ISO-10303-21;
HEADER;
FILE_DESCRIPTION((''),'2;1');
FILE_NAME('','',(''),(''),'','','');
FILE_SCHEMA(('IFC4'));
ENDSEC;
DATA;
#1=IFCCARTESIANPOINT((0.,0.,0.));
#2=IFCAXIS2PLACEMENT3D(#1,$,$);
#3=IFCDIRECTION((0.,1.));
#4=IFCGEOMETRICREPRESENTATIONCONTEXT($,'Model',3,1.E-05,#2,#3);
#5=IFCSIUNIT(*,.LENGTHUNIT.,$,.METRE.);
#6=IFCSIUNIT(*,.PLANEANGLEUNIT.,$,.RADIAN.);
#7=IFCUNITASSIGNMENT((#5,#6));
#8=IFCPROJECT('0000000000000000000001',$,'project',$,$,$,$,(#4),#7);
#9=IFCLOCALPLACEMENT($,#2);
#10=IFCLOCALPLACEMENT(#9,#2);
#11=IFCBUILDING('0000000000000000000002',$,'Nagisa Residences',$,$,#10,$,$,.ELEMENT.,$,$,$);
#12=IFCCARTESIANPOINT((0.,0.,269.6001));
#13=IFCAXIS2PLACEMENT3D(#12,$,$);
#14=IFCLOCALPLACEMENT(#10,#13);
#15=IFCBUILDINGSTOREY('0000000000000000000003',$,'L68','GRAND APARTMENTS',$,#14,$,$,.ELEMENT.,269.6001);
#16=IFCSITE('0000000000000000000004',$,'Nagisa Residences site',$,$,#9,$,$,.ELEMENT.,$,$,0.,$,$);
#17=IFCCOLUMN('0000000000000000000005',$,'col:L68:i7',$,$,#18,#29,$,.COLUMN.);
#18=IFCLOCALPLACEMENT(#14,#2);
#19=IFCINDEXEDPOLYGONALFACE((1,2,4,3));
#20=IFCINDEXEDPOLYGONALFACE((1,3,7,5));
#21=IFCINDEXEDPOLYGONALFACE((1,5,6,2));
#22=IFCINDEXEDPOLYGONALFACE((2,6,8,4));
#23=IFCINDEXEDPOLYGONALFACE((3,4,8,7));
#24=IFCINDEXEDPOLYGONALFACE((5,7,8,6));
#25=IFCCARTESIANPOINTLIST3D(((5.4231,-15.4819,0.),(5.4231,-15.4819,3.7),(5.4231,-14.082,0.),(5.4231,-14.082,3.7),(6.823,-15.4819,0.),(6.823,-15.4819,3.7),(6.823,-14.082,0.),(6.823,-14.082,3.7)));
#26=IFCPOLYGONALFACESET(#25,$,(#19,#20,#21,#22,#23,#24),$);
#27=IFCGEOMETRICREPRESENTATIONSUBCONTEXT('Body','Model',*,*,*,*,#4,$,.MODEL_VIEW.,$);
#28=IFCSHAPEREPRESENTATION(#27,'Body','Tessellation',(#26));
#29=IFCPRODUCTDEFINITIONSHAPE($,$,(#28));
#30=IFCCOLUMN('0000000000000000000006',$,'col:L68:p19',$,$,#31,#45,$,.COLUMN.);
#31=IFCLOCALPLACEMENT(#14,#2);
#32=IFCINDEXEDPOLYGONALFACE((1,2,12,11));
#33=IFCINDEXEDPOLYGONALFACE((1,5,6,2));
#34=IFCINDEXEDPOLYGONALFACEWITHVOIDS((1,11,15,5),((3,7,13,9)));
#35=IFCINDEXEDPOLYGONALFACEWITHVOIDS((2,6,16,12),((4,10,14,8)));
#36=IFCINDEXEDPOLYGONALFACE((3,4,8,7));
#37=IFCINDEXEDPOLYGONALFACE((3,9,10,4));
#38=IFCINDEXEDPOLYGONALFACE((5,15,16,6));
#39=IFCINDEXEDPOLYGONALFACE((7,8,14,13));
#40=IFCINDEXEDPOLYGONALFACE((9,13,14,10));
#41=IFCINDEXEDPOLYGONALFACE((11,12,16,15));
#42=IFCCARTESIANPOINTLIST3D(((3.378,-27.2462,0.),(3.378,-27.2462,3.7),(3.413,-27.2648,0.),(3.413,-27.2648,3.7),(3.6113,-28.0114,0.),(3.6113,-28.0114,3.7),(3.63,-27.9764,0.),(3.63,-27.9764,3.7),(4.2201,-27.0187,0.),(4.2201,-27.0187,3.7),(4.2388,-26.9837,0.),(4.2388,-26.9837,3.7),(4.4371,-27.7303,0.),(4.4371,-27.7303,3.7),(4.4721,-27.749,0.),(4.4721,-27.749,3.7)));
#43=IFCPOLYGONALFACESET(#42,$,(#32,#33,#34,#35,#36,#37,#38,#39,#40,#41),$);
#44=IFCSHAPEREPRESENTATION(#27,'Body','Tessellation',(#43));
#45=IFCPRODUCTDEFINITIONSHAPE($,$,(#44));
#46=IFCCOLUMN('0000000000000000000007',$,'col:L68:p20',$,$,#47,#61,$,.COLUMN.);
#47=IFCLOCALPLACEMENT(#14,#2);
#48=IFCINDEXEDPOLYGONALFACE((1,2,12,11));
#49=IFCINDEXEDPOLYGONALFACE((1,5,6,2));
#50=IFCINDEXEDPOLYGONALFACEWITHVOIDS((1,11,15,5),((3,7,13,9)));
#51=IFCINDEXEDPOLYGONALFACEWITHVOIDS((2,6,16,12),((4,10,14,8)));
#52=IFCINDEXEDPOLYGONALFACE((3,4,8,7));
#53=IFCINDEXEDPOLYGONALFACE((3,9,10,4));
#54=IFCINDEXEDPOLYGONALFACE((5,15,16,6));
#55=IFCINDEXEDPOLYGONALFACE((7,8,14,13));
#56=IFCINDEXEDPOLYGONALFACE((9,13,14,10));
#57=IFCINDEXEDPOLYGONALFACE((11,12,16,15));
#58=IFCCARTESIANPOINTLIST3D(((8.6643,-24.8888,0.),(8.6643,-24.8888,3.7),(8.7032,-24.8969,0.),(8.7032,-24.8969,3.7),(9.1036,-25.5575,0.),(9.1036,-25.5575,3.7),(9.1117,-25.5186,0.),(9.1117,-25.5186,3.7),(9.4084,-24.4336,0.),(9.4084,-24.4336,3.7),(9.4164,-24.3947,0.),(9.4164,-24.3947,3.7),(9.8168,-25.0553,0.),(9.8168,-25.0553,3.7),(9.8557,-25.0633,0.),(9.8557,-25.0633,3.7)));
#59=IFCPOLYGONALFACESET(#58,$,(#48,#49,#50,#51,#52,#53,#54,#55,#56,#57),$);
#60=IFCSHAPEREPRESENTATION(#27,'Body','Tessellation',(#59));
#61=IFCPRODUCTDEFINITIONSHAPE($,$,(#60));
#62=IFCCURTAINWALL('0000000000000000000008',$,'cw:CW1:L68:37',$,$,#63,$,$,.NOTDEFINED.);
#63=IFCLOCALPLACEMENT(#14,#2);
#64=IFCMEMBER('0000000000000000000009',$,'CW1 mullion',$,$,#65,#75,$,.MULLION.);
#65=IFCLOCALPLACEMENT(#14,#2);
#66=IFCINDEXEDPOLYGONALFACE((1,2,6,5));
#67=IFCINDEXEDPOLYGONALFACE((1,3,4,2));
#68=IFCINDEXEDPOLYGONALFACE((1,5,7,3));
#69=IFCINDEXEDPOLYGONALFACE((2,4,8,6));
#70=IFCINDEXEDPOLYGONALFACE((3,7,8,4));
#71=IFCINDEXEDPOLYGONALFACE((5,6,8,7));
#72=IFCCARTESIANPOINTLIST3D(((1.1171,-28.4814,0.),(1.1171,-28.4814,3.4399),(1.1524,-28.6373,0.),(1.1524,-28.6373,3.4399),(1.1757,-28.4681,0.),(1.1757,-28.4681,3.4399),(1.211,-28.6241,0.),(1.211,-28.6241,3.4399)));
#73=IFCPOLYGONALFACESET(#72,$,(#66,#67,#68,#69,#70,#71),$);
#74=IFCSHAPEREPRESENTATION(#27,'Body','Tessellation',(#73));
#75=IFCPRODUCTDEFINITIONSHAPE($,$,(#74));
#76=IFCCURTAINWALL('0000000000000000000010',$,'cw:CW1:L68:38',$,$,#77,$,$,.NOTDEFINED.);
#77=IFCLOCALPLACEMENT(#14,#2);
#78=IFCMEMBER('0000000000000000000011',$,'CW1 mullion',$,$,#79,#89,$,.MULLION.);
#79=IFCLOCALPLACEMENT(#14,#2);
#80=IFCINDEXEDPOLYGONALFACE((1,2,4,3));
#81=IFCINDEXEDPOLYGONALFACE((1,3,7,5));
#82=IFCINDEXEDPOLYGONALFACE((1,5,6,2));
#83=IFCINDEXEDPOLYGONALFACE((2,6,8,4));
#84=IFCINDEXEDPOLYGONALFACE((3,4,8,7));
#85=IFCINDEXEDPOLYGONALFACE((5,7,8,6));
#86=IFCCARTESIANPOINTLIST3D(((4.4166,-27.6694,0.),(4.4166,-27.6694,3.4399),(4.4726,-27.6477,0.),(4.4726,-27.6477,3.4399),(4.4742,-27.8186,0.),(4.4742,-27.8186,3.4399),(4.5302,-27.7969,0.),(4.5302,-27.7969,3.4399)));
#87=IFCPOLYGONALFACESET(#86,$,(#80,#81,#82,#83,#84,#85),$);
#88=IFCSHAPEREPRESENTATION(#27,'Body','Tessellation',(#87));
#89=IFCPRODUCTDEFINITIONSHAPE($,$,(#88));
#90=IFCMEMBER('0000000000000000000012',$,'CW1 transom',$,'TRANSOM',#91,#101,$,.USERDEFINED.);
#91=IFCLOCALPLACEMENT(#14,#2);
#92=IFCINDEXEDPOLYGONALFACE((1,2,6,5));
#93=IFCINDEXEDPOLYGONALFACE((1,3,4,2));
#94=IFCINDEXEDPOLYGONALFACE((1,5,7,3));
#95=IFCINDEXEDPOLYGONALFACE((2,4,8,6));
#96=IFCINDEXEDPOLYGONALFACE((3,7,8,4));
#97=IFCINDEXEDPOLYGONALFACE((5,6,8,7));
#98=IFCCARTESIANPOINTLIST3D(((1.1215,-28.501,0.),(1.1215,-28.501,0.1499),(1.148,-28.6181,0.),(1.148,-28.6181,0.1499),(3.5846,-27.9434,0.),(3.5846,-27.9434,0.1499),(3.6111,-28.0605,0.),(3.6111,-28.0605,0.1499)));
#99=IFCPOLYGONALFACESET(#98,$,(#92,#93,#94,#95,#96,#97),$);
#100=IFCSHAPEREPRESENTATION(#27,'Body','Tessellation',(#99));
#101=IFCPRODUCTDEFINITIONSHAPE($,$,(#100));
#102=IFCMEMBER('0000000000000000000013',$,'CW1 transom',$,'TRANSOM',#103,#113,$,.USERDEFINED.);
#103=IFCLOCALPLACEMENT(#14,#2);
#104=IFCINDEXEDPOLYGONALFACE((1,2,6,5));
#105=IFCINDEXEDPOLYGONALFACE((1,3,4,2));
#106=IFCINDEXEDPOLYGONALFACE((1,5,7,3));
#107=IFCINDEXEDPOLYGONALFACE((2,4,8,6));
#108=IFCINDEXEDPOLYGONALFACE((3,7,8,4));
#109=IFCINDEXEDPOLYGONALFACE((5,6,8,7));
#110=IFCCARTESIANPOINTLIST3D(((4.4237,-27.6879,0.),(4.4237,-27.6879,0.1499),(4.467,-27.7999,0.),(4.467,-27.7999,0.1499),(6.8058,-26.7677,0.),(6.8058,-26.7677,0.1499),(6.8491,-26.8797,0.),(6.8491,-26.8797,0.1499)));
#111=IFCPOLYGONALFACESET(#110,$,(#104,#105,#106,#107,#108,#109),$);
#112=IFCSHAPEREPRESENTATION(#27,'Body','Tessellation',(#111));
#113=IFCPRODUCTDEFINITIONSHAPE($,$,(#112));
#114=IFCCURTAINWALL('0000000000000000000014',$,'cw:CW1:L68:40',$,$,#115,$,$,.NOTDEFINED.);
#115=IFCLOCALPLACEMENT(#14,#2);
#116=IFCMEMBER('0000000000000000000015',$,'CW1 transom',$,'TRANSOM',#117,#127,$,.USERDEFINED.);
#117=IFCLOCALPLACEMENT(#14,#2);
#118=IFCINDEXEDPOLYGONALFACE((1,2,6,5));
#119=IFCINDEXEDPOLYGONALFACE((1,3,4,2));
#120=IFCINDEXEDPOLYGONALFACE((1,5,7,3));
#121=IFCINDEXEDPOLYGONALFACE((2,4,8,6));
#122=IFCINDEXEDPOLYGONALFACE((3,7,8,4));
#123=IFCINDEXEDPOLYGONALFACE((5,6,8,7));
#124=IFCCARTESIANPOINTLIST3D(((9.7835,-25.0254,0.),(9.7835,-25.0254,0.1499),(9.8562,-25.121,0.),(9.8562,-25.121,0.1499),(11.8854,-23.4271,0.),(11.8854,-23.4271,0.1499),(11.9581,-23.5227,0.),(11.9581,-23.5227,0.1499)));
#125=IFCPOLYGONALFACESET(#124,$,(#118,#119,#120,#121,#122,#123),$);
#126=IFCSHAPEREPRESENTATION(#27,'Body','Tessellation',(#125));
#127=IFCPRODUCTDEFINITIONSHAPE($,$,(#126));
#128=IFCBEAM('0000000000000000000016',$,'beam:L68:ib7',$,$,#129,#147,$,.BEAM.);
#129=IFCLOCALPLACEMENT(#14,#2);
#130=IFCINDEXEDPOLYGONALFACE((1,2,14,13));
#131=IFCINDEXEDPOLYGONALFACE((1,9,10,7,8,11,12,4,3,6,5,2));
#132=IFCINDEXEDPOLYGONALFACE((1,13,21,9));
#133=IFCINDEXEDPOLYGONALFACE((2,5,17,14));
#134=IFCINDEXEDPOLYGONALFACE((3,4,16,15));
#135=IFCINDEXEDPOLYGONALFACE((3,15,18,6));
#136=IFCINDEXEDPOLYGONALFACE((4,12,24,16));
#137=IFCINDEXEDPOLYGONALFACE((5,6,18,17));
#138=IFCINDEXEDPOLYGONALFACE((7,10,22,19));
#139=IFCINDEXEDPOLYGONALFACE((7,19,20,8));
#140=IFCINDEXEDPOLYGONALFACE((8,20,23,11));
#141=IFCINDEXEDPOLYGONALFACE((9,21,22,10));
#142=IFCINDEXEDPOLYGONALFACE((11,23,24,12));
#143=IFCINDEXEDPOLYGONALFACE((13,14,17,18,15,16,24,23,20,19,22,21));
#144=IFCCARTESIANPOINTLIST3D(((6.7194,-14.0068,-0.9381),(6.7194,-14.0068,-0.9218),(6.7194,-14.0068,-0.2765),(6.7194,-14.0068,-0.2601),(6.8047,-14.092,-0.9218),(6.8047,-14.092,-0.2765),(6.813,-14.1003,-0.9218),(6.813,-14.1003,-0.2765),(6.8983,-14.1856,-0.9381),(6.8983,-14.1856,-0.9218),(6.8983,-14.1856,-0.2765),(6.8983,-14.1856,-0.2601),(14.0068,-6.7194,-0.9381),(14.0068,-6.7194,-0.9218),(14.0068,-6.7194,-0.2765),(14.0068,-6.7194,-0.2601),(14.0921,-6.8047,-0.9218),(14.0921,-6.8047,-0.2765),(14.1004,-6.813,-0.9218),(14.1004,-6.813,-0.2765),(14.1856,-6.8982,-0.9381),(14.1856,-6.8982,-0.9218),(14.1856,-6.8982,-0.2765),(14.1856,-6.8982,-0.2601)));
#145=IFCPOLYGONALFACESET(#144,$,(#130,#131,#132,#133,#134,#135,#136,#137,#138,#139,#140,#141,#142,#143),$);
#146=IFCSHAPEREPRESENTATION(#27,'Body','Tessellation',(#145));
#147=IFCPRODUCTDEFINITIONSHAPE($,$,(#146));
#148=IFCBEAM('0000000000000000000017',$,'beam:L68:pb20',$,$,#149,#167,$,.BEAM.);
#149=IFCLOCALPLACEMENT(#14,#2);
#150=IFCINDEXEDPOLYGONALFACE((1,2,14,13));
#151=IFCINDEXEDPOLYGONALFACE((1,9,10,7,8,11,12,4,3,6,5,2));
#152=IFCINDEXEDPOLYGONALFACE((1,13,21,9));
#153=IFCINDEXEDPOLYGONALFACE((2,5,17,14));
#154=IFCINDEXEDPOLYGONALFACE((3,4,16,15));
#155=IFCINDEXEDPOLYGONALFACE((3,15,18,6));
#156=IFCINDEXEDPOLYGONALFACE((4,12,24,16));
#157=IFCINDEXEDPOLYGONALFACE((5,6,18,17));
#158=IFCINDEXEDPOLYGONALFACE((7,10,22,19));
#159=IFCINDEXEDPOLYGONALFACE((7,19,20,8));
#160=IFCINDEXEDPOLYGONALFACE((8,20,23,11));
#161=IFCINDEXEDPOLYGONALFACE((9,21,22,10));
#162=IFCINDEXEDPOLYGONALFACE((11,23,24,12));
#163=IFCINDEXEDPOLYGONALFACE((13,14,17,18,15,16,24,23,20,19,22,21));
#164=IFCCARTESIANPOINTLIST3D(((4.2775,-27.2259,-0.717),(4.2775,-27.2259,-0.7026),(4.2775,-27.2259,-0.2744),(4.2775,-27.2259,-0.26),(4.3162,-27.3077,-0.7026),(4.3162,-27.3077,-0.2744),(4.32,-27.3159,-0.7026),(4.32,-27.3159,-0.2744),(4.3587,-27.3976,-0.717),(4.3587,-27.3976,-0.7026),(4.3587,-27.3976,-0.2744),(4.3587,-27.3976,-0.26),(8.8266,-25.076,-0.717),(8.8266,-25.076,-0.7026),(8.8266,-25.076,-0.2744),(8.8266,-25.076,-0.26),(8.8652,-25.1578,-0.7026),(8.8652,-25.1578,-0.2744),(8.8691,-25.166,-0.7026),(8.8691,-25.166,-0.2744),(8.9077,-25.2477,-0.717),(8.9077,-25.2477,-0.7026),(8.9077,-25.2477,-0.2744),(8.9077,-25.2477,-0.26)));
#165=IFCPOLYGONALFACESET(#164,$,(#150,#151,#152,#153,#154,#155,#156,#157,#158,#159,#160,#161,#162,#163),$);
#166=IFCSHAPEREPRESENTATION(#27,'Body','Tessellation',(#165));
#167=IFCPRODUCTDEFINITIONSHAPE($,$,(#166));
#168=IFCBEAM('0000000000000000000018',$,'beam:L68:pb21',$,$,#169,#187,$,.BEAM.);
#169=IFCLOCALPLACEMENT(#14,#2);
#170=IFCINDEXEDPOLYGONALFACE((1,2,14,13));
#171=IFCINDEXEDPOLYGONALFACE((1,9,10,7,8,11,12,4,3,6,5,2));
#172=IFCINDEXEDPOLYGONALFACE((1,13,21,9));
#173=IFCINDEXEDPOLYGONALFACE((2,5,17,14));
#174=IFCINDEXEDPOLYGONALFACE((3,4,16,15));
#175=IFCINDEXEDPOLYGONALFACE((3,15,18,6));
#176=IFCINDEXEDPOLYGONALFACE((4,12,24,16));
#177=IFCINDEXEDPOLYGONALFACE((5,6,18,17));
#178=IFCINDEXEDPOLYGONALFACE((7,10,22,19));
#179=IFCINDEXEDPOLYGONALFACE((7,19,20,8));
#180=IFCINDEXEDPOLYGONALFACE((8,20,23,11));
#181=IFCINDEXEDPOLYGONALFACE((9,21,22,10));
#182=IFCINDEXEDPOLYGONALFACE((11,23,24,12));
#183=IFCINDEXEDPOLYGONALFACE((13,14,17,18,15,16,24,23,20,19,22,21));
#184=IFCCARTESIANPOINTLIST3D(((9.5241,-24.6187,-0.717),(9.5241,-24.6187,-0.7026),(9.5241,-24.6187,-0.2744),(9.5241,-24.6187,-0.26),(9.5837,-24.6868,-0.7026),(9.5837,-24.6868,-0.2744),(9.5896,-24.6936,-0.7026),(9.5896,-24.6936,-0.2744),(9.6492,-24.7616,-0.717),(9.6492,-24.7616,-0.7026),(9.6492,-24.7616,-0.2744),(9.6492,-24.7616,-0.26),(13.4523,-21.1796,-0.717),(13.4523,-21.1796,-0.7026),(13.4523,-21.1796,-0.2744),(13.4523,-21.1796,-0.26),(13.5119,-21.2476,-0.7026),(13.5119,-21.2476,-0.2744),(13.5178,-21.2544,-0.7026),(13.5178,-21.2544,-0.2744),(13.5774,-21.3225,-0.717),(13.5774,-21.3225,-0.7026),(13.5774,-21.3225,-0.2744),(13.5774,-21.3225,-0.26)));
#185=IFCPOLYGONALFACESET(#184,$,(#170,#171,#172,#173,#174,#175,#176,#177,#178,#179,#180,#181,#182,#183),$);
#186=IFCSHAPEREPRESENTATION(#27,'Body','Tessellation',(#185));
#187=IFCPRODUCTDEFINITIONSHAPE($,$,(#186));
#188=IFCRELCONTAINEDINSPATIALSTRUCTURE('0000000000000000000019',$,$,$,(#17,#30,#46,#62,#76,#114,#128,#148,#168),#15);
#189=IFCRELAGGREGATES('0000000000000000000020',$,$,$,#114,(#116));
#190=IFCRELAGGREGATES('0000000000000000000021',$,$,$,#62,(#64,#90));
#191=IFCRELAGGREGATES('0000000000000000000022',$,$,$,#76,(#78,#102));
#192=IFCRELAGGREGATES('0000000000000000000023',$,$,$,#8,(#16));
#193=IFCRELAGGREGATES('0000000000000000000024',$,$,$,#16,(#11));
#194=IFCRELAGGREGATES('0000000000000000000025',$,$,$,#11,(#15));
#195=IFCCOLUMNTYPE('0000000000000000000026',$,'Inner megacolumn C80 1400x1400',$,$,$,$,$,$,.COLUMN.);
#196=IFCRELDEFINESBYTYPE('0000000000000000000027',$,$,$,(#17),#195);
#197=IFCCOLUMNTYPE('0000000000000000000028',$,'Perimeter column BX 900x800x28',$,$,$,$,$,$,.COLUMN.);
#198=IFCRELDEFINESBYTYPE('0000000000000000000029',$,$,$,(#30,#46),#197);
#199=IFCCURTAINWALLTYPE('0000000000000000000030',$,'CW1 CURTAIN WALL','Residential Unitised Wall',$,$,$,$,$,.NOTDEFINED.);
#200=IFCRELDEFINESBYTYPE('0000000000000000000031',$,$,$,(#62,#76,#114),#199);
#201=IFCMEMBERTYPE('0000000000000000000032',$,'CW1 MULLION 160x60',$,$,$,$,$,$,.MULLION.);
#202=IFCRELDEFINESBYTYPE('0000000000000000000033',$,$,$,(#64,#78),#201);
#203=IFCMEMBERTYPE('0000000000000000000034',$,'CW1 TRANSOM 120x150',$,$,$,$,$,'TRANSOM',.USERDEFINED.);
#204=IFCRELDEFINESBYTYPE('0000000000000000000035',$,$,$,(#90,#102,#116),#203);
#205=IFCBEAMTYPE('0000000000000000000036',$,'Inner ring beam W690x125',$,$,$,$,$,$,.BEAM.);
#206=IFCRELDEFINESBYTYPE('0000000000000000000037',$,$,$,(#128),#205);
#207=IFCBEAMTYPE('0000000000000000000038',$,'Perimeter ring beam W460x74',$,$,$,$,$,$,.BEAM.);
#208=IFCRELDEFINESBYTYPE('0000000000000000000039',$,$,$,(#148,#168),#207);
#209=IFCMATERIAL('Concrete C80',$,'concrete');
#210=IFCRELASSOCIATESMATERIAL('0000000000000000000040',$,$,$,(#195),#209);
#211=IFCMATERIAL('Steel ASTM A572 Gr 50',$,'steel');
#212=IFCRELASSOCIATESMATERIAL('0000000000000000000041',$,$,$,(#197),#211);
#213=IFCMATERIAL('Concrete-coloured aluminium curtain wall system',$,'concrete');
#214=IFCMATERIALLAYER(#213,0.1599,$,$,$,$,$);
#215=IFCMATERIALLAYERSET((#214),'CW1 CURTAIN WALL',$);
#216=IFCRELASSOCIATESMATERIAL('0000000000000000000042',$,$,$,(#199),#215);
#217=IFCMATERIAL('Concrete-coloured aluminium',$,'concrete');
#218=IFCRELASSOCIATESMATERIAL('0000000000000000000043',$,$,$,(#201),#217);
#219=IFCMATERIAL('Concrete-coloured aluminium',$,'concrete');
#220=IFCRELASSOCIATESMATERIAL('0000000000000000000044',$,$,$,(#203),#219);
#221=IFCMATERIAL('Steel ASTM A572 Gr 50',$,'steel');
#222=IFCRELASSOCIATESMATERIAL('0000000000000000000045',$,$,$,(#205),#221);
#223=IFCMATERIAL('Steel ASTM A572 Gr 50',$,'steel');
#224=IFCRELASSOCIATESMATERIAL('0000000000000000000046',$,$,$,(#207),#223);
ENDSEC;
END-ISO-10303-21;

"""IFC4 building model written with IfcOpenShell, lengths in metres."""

from ifc_helpers import new_model, si_unit, direction, frame, origin, origin_2d, place, context, subcontext, project, spatial, rectangle, hollow_rectangle, i_section, extrude, material, layer, layer_set, material_profile, profile_set, type_object, element, aggregate, save


model = new_model("IFC4")

# Units and contexts
model_context = context("Model", 3, precision=1e-05, world=origin(), true_north=direction((0.0, 1.0)))
body_context = subcontext(model_context, "Body", "Model", "MODEL_VIEW")
ifc_project = project(units=[si_unit("LENGTHUNIT", "METRE"), si_unit("PLANEANGLEUNIT", "RADIAN")], contexts=[model_context])

# Site, building, storey
site_placement = place(None, origin())
site = spatial("IfcSite", under=ifc_project, at=site_placement, Name="Nagisa Residences site", CompositionType="ELEMENT", RefElevation=0.0)
building_placement = place(site_placement, origin())
building = spatial("IfcBuilding", under=site, at=building_placement, Name="Nagisa Residences", CompositionType="ELEMENT")
storey_placement = place(building_placement, frame((0.0, 0.0, 269.6001)))
storey = spatial("IfcBuildingStorey", under=building, at=storey_placement, Name="L68", Description="GRAND APARTMENTS", CompositionType="ELEMENT", Elevation=269.6001)

# Columns
ifc_material_1 = material(Name="Concrete C80", Category="concrete")
ifc_material_profile_1 = material_profile(ifc_material_1, rectangle(XDim=1.3999, YDim=1.3999, at=origin_2d()), Name="C80 1400x1400")
ifc_profile_set_1 = profile_set([ifc_material_profile_1], Name="Concrete C80")
column_type_1 = type_object("IfcColumnType", Name="Inner megacolumn C80 1400x1400", PredefinedType="COLUMN", material=ifc_profile_set_1)
column_placement = place(storey_placement, frame((6.123, -14.782, 0.0), z_axis=(0.0, 0.0, 1.0), x_axis=(1.0, 0.0, 0.0)))
element("IfcColumn", 1, at=column_placement, inside=storey, type_object=column_type_1, Name="col:L68:i7", PredefinedType="COLUMN", context=body_context, shape_type="SweptSolid", body=[
    extrude(rectangle(XDim=1.3999, YDim=1.3999, at=origin_2d()), origin(), (0.0, 0.0, 1.0), 3.7),
])
ifc_material_2 = material(Name="Steel ASTM A572 Gr 50", Category="steel")
ifc_material_profile_2 = material_profile(ifc_material_2, hollow_rectangle(XDim=0.8999, YDim=0.8, WallThickness=0.0281, at=origin_2d()), Name="BX 900x800x28")
ifc_profile_set_2 = profile_set([ifc_material_profile_2], Name="Steel ASTM A572 Gr 50")
column_type_2 = type_object("IfcColumnType", Name="Perimeter column BX 900x800x28", PredefinedType="COLUMN", material=ifc_profile_set_2)
for number, where, z_axis, x_axis, name in (
    (2, (3.925, -27.4976, 0.0), (0.0, 0.0, 1.0), (0.956525, 0.291652, 0.0), "col:L68:p19"),
    (3, (9.26, -24.9761, 0.0), (0.0, 0.0, 1.0), (0.835766, 0.549086, 0.0), "col:L68:p20"),
):
    element("IfcColumn", number, at=place(storey_placement, frame(where, z_axis=z_axis, x_axis=x_axis)), inside=storey, type_object=column_type_2, Name=name, PredefinedType="COLUMN", context=body_context, shape_type="SweptSolid", body=[
        extrude(hollow_rectangle(XDim=0.8999, YDim=0.8, WallThickness=0.0281, at=origin_2d()), origin(), (0.0, 0.0, 1.0), 3.7),
    ])

# Curtain walls, members
ifc_material_3 = material(Name="Concrete-coloured aluminium curtain wall system", Category="concrete")
ifc_layer_1 = layer(ifc_material_3, 0.1599)
ifc_layer_set_1 = layer_set([ifc_layer_1], Name="CW1 CURTAIN WALL")
curtain_wall_type = type_object("IfcCurtainWallType", Name="CW1 CURTAIN WALL", Description="Residential Unitised Wall", PredefinedType="NOTDEFINED", material=ifc_layer_set_1)
curtain_wall_1_placement = place(storey_placement, origin())
curtain_wall_1 = element("IfcCurtainWall", 4, at=curtain_wall_1_placement, inside=storey, type_object=curtain_wall_type, Name="cw:CW1:L68:37", PredefinedType="NOTDEFINED")
ifc_material_4 = material(Name="Concrete-coloured aluminium", Category="concrete")
ifc_material_profile_3 = material_profile(ifc_material_4, rectangle(XDim=0.1599, YDim=0.0601, at=origin_2d()), Name="CW1 MULLION 160x60")
ifc_profile_set_3 = profile_set([ifc_material_profile_3], Name="Concrete-coloured aluminium")
member_type_1 = type_object("IfcMemberType", Name="CW1 MULLION 160x60", PredefinedType="MULLION", material=ifc_profile_set_3)
member_1_placement = place(storey_placement, frame((1.1641, -28.5527, 0.0), z_axis=(0.0, 0.0, 1.0), x_axis=(-0.220764, 0.975327, 0.0)))
member_1 = element("IfcMember", 5, at=member_1_placement, type_object=member_type_1, Name="CW1 mullion", PredefinedType="MULLION", context=body_context, shape_type="SweptSolid", body=[
    extrude(rectangle(XDim=0.1599, YDim=0.0601, at=origin_2d()), origin(), (0.0, 0.0, 1.0), 3.4399),
])
curtain_wall_2_placement = place(storey_placement, origin())
curtain_wall_2 = element("IfcCurtainWall", 6, at=curtain_wall_2_placement, inside=storey, type_object=curtain_wall_type, Name="cw:CW1:L68:38", PredefinedType="NOTDEFINED")
member_2_placement = place(storey_placement, frame((4.4734, -27.7332, 0.0), z_axis=(0.0, 0.0, 1.0), x_axis=(-0.360328, 0.932826, 0.0)))
member_2 = element("IfcMember", 7, at=member_2_placement, type_object=member_type_1, Name="CW1 mullion", PredefinedType="MULLION", context=body_context, shape_type="SweptSolid", body=[
    extrude(rectangle(XDim=0.1599, YDim=0.0601, at=origin_2d()), origin(), (0.0, 0.0, 1.0), 3.4399),
])

# Members
ifc_material_5 = material(Name="Concrete-coloured aluminium", Category="concrete")
ifc_material_profile_4 = material_profile(ifc_material_5, rectangle(XDim=0.1201, YDim=0.1499, at=origin_2d()), Name="CW1 TRANSOM 120x150")
ifc_profile_set_4 = profile_set([ifc_material_profile_4], Name="Concrete-coloured aluminium")
member_type_2 = type_object("IfcMemberType", Name="CW1 TRANSOM 120x150", ElementType="TRANSOM", PredefinedType="USERDEFINED", material=ifc_profile_set_4)
member_3_placement = place(storey_placement, frame((1.1348, -28.5596, 0.075), z_axis=(0.97532, 0.220798, 0.0), x_axis=(-0.220798, 0.97532, 0.0)))
member_3 = element("IfcMember", 8, at=member_3_placement, type_object=member_type_2, Name="CW1 transom", ObjectType="TRANSOM", PredefinedType="USERDEFINED", context=body_context, shape_type="SweptSolid", body=[
    extrude(rectangle(XDim=0.1201, YDim=0.1499, at=origin_2d()), origin(), (0.0, 0.0, 1.0), 2.5254),
])
member_4_placement = place(storey_placement, frame((4.4453, -27.7439, 0.075), z_axis=(0.932822, 0.360337, 0.0), x_axis=(-0.360337, 0.932822, 0.0)))
member_4 = element("IfcMember", 9, at=member_4_placement, type_object=member_type_2, Name="CW1 transom", ObjectType="TRANSOM", PredefinedType="USERDEFINED", context=body_context, shape_type="SweptSolid", body=[
    extrude(rectangle(XDim=0.1201, YDim=0.1499, at=origin_2d()), origin(), (0.0, 0.0, 1.0), 2.5537),
])

# Curtain wall, member
curtain_wall_3_placement = place(storey_placement, origin())
curtain_wall_3 = element("IfcCurtainWall", 10, at=curtain_wall_3_placement, inside=storey, type_object=curtain_wall_type, Name="cw:CW1:L68:40", PredefinedType="NOTDEFINED")
member_5_placement = place(storey_placement, frame((9.8198, -25.0732, 0.075), z_axis=(0.796011, 0.605282, 0.0), x_axis=(-0.605282, 0.796011, 0.0)))
member_5 = element("IfcMember", 11, at=member_5_placement, type_object=member_type_2, Name="CW1 transom", ObjectType="TRANSOM", PredefinedType="USERDEFINED", context=body_context, shape_type="SweptSolid", body=[
    extrude(rectangle(XDim=0.1201, YDim=0.1499, at=origin_2d()), origin(), (0.0, 0.0, 1.0), 2.6406),
])
aggregate(curtain_wall_3, [member_5])

# Beams
ifc_material_6 = material(Name="Steel ASTM A572 Gr 50", Category="steel")
ifc_material_profile_5 = material_profile(ifc_material_6, i_section(OverallWidth=0.2529, OverallDepth=0.678, WebThickness=0.0117, FlangeThickness=0.0164, at=origin_2d()), Name="W690x125")
ifc_profile_set_5 = profile_set([ifc_material_profile_5], Name="Steel ASTM A572 Gr 50")
beam_type_1 = type_object("IfcBeamType", Name="Inner ring beam W690x125", PredefinedType="BEAM", material=ifc_profile_set_5)
beam_1_placement = place(storey_placement, frame((6.8088, -14.0962, -0.5991), z_axis=(0.707107, 0.707107, 0.0), x_axis=(-0.707107, 0.707107, 0.0)))
element("IfcBeam", 12, at=beam_1_placement, inside=storey, type_object=beam_type_1, Name="beam:L68:ib7", PredefinedType="BEAM", context=body_context, shape_type="SweptSolid", body=[
    extrude(i_section(OverallWidth=0.2529, OverallDepth=0.678, WebThickness=0.0117, FlangeThickness=0.0164, at=origin_2d()), origin(), (0.0, 0.0, 1.0), 10.3059),
])
ifc_material_7 = material(Name="Steel ASTM A572 Gr 50", Category="steel")
ifc_material_profile_6 = material_profile(ifc_material_7, i_section(OverallWidth=0.1899, OverallDepth=0.457, WebThickness=0.009, FlangeThickness=0.0144, at=origin_2d()), Name="W460x74")
ifc_profile_set_6 = profile_set([ifc_material_profile_6], Name="Steel ASTM A572 Gr 50")
beam_type_2 = type_object("IfcBeamType", Name="Perimeter ring beam W460x74", PredefinedType="BEAM", material=ifc_profile_set_6)
beam_2_placement = place(storey_placement, frame((4.3181, -27.3118, -0.4885), z_axis=(0.904116, 0.427287, 0.0), x_axis=(-0.427287, 0.904116, 0.0)))
element("IfcBeam", 13, at=beam_2_placement, inside=storey, type_object=beam_type_2, Name="beam:L68:pb20", PredefinedType="BEAM", context=body_context, shape_type="SweptSolid", body=[
    extrude(i_section(OverallWidth=0.1899, OverallDepth=0.457, WebThickness=0.009, FlangeThickness=0.0144, at=origin_2d()), origin(), (0.0, 0.0, 1.0), 5.0315),
])
beam_3_placement = place(storey_placement, frame((9.5867, -24.6902, -0.4885), z_axis=(0.752385, 0.658723, 0.0), x_axis=(-0.658723, 0.752385, 0.0)))
element("IfcBeam", 14, at=beam_3_placement, inside=storey, type_object=beam_type_2, Name="beam:L68:pb21", PredefinedType="BEAM", context=body_context, shape_type="SweptSolid", body=[
    extrude(i_section(OverallWidth=0.1899, OverallDepth=0.457, WebThickness=0.009, FlangeThickness=0.0144, at=origin_2d()), origin(), (0.0, 0.0, 1.0), 5.2209),
])

aggregate(curtain_wall_1, [member_1, member_3])
aggregate(curtain_wall_2, [member_2, member_4])

save(model, "model.ifc")
